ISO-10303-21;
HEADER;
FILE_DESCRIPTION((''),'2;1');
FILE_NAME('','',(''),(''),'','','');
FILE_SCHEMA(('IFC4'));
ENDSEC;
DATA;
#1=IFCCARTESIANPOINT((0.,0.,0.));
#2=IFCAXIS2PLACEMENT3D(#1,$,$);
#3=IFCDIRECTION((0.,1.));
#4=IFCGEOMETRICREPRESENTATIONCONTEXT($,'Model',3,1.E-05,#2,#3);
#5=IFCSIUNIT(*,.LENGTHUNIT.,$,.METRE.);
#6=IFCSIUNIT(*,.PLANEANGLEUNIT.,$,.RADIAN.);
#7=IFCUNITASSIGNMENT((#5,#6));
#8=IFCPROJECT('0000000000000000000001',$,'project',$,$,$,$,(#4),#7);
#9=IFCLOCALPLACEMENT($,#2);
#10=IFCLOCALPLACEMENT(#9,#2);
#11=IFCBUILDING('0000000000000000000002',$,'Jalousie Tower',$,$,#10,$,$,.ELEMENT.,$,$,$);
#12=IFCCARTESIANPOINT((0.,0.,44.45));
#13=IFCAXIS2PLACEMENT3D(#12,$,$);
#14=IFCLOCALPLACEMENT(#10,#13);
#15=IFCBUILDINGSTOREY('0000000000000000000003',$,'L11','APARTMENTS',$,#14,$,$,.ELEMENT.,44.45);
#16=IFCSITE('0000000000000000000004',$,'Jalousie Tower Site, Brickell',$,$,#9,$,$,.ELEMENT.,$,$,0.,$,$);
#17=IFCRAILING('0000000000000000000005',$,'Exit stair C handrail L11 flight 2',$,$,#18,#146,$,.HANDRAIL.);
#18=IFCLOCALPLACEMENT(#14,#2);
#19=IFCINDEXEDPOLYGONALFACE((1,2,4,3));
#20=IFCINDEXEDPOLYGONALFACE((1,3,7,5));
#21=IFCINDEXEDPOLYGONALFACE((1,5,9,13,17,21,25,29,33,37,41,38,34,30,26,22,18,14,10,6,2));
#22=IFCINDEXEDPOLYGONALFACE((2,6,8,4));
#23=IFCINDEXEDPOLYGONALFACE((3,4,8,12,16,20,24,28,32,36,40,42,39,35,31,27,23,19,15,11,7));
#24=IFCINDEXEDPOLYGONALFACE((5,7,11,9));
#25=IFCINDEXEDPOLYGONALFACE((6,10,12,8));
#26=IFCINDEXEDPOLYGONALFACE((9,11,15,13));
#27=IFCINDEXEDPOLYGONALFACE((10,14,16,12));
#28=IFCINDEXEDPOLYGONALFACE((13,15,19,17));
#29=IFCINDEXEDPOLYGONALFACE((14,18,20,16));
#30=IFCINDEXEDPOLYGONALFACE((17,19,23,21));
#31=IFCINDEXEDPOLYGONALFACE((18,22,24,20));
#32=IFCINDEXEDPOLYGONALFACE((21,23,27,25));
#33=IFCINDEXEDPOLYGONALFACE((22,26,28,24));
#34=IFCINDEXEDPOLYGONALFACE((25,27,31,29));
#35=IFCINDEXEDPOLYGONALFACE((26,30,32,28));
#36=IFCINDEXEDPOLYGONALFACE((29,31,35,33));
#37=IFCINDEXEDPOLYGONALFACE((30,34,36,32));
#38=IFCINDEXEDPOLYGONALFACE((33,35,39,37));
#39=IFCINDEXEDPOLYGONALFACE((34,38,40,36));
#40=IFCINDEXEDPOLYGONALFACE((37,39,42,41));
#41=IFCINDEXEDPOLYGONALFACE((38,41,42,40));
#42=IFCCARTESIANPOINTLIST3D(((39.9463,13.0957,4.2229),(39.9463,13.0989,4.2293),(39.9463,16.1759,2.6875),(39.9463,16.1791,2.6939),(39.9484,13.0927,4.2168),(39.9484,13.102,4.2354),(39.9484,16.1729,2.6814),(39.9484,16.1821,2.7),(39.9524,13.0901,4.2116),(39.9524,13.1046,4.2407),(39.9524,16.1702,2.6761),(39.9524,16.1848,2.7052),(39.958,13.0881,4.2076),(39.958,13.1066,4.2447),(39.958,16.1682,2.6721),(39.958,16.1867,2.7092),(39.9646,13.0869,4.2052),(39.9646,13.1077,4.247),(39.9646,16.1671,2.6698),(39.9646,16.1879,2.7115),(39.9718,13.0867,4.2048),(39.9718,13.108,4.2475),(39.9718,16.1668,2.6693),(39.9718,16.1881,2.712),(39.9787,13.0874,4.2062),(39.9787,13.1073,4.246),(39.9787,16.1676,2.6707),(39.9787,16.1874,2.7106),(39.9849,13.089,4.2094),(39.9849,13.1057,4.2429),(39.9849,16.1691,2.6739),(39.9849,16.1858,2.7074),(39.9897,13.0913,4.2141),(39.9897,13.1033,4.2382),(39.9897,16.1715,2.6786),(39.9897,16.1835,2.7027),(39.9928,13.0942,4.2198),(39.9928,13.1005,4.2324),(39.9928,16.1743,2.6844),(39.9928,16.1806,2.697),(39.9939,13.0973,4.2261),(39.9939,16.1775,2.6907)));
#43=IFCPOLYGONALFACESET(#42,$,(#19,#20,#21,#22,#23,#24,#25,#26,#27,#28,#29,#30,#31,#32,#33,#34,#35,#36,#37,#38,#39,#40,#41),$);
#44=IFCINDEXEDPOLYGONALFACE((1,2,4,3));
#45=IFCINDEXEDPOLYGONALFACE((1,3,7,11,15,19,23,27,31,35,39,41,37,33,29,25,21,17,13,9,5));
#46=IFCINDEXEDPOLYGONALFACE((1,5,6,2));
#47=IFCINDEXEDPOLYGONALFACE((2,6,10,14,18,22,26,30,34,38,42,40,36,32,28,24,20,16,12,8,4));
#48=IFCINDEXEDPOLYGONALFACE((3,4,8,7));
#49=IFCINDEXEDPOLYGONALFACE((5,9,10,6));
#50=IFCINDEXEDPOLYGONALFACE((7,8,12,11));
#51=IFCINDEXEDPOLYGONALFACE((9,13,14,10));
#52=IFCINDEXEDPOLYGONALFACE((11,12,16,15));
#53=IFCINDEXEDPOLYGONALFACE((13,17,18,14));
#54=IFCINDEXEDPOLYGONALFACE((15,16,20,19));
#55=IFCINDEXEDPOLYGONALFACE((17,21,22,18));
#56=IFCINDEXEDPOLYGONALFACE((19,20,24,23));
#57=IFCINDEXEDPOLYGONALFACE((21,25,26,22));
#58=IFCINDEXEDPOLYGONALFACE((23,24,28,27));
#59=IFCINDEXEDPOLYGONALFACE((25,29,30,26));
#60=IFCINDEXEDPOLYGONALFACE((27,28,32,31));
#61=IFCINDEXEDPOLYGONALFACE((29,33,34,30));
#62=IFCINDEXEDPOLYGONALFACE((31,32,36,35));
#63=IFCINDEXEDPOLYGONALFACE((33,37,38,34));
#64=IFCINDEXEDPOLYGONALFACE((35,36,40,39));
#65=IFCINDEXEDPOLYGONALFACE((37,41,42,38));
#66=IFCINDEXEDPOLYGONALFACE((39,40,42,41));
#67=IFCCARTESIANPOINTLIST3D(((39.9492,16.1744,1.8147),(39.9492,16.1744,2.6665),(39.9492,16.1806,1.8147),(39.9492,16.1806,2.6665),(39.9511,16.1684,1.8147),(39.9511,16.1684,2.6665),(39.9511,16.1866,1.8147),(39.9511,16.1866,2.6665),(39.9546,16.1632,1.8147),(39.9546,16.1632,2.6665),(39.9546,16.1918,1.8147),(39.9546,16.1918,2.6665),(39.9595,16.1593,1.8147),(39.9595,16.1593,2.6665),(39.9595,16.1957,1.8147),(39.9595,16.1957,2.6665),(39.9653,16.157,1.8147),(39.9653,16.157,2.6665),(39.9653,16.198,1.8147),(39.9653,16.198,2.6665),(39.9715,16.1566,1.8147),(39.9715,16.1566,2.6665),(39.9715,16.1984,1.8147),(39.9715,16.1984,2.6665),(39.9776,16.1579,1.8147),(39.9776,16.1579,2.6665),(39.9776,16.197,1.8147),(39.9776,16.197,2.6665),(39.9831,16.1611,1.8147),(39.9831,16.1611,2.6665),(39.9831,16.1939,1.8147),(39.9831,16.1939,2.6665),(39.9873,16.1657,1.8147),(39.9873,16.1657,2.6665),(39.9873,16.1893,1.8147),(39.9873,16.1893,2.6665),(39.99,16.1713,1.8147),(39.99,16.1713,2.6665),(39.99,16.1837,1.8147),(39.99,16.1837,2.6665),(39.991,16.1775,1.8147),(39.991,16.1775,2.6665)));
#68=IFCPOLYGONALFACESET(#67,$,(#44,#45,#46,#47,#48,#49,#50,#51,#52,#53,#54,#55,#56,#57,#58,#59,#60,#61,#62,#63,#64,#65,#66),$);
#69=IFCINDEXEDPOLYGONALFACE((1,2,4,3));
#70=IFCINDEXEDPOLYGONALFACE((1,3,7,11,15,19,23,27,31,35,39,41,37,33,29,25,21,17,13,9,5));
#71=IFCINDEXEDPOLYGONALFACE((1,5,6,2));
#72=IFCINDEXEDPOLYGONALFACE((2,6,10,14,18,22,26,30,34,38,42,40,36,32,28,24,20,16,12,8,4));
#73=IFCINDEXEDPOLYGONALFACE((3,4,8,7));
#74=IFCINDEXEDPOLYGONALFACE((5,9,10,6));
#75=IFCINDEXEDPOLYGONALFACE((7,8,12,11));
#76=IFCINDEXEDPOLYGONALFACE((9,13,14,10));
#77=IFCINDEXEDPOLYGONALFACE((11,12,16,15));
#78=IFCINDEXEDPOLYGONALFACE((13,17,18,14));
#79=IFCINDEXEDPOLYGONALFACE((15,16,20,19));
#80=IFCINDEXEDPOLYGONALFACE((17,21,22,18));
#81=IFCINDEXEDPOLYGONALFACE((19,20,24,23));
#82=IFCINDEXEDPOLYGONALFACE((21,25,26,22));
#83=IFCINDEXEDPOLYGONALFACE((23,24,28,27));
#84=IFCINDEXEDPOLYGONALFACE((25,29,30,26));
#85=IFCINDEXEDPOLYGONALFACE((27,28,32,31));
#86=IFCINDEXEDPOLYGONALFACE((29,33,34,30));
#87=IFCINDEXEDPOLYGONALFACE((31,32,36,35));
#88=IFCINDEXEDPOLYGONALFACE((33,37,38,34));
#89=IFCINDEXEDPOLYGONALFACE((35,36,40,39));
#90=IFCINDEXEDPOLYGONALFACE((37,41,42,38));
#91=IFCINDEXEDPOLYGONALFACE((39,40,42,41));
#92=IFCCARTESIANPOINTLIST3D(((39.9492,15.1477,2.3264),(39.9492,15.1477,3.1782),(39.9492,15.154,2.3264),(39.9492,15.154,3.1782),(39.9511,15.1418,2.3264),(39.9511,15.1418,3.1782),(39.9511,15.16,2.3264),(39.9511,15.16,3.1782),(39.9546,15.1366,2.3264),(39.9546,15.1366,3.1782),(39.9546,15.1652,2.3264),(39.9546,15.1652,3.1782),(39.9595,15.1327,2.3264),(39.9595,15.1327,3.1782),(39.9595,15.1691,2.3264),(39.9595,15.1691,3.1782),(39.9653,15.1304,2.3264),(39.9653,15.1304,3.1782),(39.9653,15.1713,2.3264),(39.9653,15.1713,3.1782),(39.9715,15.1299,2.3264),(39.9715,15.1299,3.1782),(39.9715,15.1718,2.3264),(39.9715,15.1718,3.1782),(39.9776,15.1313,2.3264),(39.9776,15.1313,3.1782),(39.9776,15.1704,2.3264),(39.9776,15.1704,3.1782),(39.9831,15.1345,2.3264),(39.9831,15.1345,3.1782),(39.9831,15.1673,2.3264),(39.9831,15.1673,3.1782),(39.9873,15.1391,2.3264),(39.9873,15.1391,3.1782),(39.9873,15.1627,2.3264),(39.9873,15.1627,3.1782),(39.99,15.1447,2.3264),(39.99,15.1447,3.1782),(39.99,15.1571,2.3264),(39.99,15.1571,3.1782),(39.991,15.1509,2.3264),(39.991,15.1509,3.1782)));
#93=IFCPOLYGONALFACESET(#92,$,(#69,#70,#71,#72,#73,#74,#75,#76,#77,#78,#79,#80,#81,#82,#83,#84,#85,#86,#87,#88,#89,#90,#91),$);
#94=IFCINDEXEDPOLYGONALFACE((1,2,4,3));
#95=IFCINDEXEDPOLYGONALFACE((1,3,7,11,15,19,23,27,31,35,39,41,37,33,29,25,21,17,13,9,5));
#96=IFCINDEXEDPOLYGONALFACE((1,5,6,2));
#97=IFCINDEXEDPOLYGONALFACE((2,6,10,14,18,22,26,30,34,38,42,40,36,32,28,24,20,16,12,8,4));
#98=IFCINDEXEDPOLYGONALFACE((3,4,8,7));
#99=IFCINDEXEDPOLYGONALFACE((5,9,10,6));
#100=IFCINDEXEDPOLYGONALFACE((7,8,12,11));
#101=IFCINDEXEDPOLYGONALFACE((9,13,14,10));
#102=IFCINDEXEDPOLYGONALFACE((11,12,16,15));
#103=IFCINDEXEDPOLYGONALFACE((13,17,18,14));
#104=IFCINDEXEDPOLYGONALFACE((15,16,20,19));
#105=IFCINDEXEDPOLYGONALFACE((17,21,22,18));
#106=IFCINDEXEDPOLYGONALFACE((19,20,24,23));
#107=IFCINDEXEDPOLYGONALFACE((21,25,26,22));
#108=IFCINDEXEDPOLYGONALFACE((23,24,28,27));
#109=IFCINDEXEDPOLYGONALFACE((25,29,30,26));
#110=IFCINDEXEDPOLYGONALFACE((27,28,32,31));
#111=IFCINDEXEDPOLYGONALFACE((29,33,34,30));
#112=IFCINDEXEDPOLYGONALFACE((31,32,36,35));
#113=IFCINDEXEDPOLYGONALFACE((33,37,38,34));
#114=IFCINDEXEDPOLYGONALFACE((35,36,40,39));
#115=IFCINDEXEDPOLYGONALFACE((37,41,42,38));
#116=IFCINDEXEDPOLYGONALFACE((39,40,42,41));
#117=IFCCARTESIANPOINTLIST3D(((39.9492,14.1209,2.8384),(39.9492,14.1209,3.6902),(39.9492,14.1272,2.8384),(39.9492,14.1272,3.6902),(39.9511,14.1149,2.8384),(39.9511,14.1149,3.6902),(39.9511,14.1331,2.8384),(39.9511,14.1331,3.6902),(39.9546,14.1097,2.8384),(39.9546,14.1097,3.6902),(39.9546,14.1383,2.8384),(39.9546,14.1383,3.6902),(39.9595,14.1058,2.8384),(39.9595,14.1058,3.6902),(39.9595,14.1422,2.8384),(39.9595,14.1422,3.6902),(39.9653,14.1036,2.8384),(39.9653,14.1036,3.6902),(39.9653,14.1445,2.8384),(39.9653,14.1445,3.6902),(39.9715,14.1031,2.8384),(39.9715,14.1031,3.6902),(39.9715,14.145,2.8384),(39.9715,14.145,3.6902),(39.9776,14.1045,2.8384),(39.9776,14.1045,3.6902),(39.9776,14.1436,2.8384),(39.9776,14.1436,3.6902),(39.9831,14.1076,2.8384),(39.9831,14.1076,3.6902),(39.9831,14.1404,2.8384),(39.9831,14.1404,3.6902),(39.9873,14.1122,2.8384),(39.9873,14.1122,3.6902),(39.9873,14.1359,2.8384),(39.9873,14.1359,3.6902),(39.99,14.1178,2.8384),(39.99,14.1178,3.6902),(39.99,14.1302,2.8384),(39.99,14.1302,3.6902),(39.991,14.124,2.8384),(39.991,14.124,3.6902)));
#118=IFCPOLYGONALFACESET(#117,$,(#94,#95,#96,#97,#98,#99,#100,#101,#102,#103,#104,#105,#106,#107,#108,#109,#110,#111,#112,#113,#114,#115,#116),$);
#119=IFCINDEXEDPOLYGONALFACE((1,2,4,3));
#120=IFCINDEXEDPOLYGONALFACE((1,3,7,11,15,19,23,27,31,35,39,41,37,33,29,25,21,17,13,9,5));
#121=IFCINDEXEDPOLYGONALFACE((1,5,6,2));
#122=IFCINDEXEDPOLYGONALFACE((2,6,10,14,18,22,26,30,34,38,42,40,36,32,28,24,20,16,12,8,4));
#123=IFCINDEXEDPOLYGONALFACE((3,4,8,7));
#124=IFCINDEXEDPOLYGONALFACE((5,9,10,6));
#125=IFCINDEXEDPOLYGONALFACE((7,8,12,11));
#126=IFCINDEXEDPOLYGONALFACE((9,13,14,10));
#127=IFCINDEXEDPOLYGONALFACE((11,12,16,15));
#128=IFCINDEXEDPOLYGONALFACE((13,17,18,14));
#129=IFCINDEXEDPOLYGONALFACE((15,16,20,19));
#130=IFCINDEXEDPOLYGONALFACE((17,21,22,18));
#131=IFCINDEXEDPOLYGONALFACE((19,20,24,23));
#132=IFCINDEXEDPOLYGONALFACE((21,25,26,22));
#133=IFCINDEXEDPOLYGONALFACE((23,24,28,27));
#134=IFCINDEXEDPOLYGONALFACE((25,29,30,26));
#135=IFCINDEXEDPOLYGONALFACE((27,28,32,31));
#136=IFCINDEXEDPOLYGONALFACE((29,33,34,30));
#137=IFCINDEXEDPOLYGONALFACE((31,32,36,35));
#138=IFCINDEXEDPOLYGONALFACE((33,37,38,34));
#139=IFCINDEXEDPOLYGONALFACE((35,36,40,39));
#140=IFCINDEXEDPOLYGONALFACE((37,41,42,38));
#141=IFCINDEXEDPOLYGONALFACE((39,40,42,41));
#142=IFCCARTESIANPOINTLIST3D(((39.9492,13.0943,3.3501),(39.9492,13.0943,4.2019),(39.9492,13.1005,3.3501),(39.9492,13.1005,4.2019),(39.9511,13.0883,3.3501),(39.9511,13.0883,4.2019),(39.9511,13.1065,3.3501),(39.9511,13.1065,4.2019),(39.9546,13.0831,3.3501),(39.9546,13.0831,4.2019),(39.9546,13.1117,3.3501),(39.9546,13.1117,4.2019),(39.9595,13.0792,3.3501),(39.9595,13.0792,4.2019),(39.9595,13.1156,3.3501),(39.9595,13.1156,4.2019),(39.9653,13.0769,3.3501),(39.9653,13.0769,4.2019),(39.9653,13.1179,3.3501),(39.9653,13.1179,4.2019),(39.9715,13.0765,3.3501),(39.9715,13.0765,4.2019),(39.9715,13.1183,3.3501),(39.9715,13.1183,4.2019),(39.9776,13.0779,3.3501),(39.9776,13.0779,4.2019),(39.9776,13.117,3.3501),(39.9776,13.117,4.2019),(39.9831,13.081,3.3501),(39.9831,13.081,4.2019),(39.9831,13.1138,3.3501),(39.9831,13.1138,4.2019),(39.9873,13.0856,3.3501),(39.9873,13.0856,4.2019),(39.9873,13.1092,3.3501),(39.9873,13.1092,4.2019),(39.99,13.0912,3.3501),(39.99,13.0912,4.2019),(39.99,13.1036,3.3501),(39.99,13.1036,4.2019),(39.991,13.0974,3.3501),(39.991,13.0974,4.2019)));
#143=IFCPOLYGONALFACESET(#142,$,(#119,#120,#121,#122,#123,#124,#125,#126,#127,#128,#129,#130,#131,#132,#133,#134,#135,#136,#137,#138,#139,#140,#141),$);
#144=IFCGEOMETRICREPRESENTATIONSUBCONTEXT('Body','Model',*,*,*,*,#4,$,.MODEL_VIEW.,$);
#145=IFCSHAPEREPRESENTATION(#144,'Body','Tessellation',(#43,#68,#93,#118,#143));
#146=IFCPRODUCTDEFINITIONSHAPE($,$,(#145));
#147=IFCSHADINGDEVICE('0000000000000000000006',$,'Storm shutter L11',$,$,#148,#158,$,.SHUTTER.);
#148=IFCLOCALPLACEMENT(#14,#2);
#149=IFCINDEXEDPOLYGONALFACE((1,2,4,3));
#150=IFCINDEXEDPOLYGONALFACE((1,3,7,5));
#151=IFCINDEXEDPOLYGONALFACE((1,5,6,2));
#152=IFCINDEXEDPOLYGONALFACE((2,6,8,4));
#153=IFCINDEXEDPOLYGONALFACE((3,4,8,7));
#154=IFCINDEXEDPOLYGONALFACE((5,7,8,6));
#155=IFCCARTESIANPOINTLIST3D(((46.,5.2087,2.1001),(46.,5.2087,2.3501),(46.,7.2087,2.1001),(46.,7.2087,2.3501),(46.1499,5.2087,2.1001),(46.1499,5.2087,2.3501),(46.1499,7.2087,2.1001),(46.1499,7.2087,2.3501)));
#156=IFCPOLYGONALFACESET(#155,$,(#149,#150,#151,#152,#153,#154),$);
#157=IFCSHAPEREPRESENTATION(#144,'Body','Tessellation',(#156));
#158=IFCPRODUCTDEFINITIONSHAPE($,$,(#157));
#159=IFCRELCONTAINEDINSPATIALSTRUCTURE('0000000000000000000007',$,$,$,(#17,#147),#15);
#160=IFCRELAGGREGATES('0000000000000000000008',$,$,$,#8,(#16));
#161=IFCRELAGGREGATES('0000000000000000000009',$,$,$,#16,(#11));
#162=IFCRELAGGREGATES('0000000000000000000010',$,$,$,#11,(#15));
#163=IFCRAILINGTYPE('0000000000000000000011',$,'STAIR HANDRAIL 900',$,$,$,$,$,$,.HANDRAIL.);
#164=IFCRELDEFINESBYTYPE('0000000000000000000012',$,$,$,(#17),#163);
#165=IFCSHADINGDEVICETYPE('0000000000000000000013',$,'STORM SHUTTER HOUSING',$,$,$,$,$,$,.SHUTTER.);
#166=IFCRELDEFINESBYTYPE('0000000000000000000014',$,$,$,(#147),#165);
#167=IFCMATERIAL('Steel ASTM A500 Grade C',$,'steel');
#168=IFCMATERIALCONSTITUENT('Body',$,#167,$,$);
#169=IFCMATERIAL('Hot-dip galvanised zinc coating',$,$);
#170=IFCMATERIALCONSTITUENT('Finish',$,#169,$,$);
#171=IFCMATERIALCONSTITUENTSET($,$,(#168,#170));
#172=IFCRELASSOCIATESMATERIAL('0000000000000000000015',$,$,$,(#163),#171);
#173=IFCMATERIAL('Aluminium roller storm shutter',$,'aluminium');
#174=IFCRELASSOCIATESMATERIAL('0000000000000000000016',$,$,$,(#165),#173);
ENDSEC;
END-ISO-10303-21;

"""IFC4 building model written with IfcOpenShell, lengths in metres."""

from ifc_helpers import new_model, si_unit, direction, frame, origin, origin_2d, place, context, subcontext, project, spatial, rectangle, circle, extrude, material, constituent, constituent_set, type_object, element, save


model = new_model("IFC4")

# Units and contexts
model_context = context("Model", 3, precision=1e-05, world=origin(), true_north=direction((0.0, 1.0)))
body_context = subcontext(model_context, "Body", "Model", "MODEL_VIEW")
ifc_project = project(units=[si_unit("LENGTHUNIT", "METRE"), si_unit("PLANEANGLEUNIT", "RADIAN")], contexts=[model_context])

# Site, building, storey
site_placement = place(None, origin())
site = spatial("IfcSite", under=ifc_project, at=site_placement, Name="Jalousie Tower Site, Brickell", CompositionType="ELEMENT", RefElevation=0.0)
building_placement = place(site_placement, origin())
building = spatial("IfcBuilding", under=site, at=building_placement, Name="Jalousie Tower", CompositionType="ELEMENT")
storey_placement = place(building_placement, frame((0.0, 0.0, 44.45)))
storey = spatial("IfcBuildingStorey", under=building, at=storey_placement, Name="L11", Description="APARTMENTS", CompositionType="ELEMENT", Elevation=44.45)

# Railing
ifc_material_1 = material(Name="Steel ASTM A500 Grade C", Category="steel")
ifc_constituent_1 = constituent(ifc_material_1, Name="Body")
ifc_material_2 = material(Name="Hot-dip galvanised zinc coating")
ifc_constituent_2 = constituent(ifc_material_2, Name="Finish")
ifc_constituent_set_1 = constituent_set(constituents=[ifc_constituent_1, ifc_constituent_2])
railing_type_1 = type_object("IfcRailingType", Name="STAIR HANDRAIL 900", PredefinedType="HANDRAIL", material=ifc_constituent_set_1)
railing_1_placement = place(storey_placement, frame((39.97, 16.1775, 1.8147)))
element("IfcRailing", 1, at=railing_1_placement, inside=storey, type_object=railing_type_1, Name="Exit stair C handrail L11 flight 2", PredefinedType="HANDRAIL", context=body_context, shape_type="SweptSolid", body=[
    extrude(circle(Radius=0.0239, at=origin_2d()), frame((0.0, 0.0, 0.876), z_axis=(0.0, -0.894966, 0.446135), x_axis=(1.0, 0.0, 0.0)), (0.0, 0.0, 1.0), 3.4417),
    extrude(circle(Radius=0.021, at=origin_2d()), origin(), (0.0, 0.0, 1.0), 0.8518),
    extrude(circle(Radius=0.021, at=origin_2d()), frame((0.0, -1.0266, 0.5117)), (0.0, 0.0, 1.0), 0.8518),
    extrude(circle(Radius=0.021, at=origin_2d()), frame((0.0, -2.0535, 1.0237)), (0.0, 0.0, 1.0), 0.8518),
    extrude(circle(Radius=0.021, at=origin_2d()), frame((0.0, -3.0801, 1.5354)), (0.0, 0.0, 1.0), 0.8518),
])

# Shading device
ifc_material_3 = material(Name="Aluminium roller storm shutter", Category="aluminium")
shading_device_type = type_object("IfcShadingDeviceType", Name="STORM SHUTTER HOUSING", PredefinedType="SHUTTER", material=ifc_material_3)
shading_device_placement = place(storey_placement, frame((46.075, 6.2087, 2.1001), z_axis=(0.0, 0.0, 1.0), x_axis=(0.0, 1.0, 0.0)))
element("IfcShadingDevice", 2, at=shading_device_placement, inside=storey, type_object=shading_device_type, Name="Storm shutter L11", PredefinedType="SHUTTER", context=body_context, shape_type="SweptSolid", body=[
    extrude(rectangle(XDim=2.0, YDim=0.1499, at=origin_2d()), origin(), (0.0, 0.0, 1.0), 0.25),
])

save(model, "model.ifc")
